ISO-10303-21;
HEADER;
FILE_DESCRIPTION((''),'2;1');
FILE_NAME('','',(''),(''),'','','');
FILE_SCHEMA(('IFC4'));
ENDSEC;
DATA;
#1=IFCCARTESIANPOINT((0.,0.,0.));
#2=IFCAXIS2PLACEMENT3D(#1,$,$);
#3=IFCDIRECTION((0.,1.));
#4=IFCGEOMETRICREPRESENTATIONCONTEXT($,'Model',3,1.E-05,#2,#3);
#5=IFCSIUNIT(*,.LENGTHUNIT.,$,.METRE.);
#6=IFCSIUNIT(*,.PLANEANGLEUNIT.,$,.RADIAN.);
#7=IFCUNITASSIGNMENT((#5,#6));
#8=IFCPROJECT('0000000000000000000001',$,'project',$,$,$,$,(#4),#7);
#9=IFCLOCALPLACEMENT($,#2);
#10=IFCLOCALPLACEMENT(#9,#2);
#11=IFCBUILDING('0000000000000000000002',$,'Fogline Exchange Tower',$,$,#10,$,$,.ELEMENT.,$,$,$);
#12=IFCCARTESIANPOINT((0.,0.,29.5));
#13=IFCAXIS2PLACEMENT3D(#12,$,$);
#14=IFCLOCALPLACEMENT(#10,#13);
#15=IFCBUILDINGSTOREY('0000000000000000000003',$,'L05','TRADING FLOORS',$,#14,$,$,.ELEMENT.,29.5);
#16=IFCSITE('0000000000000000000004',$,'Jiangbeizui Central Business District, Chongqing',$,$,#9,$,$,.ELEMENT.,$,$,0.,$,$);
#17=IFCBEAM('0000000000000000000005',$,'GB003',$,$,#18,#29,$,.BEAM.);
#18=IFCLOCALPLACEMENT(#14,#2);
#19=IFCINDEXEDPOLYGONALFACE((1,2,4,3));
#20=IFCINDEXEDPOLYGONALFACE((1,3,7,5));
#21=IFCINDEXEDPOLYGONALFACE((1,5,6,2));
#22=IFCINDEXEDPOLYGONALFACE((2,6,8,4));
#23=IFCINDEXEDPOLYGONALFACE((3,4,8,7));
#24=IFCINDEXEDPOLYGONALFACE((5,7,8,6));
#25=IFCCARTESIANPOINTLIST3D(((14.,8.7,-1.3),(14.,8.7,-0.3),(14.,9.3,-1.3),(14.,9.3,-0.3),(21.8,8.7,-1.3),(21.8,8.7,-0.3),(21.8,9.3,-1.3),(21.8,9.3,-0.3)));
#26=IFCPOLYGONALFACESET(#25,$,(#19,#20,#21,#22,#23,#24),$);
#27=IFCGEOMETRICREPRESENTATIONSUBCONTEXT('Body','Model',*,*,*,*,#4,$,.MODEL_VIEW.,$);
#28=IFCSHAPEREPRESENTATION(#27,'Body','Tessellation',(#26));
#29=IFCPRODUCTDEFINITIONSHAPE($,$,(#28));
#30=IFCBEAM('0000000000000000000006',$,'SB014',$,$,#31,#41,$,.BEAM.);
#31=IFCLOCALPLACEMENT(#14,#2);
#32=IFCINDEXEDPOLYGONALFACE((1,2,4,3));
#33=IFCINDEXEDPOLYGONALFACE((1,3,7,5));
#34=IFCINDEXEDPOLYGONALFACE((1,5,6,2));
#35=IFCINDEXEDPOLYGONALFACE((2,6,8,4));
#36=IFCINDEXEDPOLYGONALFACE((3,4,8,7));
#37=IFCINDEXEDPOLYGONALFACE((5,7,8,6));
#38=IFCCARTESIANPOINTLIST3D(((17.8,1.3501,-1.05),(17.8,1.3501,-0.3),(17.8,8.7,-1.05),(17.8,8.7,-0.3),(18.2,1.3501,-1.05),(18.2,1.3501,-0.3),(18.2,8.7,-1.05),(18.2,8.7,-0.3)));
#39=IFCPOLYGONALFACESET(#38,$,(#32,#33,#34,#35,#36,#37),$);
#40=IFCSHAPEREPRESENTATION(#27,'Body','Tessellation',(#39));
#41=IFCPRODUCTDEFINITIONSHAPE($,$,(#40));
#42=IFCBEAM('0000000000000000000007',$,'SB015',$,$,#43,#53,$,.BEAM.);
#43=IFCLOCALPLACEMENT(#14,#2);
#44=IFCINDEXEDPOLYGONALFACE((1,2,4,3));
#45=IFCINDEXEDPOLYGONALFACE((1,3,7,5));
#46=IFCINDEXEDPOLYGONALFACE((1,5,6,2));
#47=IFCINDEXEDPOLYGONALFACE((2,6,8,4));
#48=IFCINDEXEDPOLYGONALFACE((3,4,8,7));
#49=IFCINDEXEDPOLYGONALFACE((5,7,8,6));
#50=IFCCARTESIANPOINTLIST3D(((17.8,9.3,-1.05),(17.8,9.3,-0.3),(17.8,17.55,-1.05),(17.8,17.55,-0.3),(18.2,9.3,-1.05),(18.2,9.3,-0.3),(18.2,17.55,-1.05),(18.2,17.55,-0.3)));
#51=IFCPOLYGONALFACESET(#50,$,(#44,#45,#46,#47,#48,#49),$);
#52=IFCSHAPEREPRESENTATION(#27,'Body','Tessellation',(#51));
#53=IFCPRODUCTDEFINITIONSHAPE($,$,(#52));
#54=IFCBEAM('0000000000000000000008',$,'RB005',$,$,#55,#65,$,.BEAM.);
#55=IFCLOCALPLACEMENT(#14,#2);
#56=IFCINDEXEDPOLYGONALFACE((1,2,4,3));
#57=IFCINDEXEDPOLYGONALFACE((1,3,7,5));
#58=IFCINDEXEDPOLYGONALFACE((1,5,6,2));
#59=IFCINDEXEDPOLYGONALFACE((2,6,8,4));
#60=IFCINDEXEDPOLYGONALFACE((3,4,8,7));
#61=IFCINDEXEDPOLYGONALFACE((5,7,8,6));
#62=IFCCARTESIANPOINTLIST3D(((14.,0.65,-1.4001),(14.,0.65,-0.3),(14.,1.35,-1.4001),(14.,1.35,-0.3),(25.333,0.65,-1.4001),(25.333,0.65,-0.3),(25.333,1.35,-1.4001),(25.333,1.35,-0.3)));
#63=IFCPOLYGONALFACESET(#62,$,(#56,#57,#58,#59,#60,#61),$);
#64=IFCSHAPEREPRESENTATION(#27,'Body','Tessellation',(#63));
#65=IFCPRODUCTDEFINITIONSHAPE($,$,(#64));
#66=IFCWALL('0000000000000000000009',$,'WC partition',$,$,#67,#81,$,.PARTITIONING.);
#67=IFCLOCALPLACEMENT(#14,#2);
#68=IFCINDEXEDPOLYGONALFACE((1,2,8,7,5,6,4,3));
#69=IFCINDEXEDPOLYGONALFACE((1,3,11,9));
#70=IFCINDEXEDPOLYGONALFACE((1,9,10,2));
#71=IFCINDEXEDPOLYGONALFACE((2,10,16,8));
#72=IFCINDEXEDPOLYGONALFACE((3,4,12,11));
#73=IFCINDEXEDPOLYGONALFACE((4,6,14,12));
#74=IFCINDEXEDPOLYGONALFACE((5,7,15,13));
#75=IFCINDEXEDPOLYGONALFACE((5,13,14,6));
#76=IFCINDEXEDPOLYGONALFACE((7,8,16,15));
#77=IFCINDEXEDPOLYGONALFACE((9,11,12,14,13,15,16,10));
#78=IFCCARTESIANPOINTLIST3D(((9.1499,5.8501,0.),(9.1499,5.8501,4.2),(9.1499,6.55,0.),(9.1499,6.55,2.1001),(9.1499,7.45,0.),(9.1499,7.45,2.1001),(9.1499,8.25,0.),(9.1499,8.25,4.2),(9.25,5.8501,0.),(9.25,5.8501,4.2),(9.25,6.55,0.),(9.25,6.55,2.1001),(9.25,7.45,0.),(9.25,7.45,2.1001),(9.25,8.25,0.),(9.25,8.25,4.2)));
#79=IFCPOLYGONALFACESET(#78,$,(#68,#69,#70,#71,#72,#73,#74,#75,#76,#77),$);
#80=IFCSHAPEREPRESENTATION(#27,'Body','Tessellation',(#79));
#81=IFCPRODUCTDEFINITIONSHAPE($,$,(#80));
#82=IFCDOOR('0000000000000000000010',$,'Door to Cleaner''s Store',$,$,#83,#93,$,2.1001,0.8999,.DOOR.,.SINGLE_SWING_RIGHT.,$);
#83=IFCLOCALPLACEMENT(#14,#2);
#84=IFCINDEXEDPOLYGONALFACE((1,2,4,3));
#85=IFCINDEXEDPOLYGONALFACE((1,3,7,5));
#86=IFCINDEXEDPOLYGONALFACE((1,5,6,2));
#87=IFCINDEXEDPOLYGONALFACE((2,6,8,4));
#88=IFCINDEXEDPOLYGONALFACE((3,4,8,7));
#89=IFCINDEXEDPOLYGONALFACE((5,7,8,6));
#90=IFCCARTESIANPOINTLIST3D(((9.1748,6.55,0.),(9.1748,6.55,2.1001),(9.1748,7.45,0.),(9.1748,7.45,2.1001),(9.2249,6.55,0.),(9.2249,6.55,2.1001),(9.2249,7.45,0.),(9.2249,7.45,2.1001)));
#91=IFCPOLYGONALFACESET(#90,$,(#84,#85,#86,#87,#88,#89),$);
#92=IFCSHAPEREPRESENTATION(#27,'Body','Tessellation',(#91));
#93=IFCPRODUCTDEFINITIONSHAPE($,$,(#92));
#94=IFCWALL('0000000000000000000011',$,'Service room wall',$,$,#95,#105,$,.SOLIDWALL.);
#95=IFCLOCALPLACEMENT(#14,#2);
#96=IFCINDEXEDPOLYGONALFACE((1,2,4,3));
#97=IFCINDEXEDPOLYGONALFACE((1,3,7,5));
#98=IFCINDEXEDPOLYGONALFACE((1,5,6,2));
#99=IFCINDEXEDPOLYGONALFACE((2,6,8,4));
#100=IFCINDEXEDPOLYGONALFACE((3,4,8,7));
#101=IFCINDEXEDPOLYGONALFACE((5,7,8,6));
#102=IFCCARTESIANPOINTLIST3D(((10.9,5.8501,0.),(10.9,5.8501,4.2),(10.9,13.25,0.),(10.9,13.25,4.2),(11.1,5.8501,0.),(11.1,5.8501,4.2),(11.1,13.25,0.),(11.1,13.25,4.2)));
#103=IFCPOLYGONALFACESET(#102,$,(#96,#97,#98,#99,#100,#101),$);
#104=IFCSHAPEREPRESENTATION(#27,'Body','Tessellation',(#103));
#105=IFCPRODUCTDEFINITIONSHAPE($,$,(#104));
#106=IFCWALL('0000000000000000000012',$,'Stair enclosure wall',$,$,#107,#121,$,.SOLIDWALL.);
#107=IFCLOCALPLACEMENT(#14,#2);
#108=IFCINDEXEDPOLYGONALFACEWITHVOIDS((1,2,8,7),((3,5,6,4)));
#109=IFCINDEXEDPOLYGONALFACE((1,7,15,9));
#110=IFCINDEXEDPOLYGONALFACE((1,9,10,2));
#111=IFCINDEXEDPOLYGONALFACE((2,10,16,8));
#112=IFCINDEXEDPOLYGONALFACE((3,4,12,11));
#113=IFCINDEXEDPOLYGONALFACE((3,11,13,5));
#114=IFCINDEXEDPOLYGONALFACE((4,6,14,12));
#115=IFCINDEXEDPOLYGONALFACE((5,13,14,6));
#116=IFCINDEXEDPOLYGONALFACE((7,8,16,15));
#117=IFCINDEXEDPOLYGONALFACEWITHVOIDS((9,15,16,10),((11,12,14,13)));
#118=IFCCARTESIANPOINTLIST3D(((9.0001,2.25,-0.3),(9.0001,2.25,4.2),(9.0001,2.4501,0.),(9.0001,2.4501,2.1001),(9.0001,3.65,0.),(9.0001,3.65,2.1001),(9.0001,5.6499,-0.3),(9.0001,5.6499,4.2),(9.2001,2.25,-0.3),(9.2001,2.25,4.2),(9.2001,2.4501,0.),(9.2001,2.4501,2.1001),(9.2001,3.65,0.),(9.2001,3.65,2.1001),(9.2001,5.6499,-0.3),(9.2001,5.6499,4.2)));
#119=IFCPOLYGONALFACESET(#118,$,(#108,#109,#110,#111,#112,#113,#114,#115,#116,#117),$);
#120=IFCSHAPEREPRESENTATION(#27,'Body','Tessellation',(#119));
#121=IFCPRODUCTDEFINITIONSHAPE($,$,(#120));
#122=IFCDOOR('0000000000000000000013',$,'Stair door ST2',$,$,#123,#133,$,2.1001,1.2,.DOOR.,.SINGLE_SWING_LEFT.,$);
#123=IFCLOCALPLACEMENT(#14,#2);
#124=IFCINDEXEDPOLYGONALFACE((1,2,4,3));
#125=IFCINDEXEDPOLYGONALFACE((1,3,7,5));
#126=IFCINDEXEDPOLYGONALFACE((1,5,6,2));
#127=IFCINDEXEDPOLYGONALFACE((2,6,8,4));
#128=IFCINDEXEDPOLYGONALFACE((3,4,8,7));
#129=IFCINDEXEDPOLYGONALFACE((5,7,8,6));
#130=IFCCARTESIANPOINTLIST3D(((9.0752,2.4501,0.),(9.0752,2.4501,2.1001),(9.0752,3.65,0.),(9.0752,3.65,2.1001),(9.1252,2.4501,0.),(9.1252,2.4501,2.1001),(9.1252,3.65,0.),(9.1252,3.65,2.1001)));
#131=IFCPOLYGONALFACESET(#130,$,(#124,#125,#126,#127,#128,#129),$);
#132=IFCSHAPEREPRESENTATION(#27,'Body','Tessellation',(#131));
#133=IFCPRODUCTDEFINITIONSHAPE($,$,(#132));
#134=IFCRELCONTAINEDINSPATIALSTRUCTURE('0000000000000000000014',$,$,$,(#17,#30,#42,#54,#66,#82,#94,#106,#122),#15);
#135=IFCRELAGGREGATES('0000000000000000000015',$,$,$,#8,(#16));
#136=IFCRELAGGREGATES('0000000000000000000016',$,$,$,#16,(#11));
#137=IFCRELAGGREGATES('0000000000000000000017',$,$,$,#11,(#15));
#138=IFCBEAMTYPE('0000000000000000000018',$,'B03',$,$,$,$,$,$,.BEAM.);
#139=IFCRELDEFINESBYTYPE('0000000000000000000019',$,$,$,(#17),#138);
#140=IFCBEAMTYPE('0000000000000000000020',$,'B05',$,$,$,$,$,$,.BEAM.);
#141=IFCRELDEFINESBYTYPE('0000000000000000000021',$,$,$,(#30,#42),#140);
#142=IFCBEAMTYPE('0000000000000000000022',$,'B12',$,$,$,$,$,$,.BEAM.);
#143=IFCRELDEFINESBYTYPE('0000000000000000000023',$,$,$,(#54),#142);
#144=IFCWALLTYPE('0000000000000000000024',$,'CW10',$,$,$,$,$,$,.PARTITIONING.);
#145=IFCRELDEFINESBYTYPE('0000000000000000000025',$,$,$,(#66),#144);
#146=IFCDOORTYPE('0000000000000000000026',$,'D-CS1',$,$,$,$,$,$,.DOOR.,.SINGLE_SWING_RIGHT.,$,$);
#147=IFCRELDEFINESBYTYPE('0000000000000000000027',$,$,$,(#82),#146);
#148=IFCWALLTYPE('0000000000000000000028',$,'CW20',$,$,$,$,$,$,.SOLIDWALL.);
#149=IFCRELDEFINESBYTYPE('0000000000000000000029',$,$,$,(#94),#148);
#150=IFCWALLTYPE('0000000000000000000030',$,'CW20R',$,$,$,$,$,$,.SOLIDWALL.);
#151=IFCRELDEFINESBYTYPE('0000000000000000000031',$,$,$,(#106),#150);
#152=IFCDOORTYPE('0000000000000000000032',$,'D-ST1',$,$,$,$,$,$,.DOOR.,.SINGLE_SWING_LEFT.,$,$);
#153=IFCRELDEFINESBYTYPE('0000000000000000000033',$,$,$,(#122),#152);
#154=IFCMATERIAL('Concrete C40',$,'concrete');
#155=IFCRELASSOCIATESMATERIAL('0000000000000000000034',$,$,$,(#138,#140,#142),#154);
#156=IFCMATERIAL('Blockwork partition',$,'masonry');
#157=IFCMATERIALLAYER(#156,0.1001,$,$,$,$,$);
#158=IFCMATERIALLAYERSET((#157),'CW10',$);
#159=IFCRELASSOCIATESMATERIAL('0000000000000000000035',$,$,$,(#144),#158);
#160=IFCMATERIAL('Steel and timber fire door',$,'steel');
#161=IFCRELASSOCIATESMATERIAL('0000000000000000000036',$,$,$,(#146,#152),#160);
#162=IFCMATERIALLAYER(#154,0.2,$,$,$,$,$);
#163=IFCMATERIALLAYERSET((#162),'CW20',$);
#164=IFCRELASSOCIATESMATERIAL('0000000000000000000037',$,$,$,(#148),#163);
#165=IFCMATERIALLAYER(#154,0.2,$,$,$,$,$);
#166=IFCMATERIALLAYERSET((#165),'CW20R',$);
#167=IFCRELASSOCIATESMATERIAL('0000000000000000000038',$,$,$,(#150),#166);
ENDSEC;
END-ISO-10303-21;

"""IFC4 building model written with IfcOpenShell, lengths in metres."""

from ifc_helpers import new_model, si_unit, direction, frame, frame_2d, origin, origin_2d, place, context, subcontext, project, spatial, rectangle, extrude, material, layer, layer_set, material_profile, profile_set, type_object, element, fill, save


model = new_model("IFC4")

# Units and contexts
model_context = context("Model", 3, precision=1e-05, world=origin(), true_north=direction((0.0, 1.0)))
body_context = subcontext(model_context, "Body", "Model", "MODEL_VIEW")
ifc_project = project(units=[si_unit("LENGTHUNIT", "METRE"), si_unit("PLANEANGLEUNIT", "RADIAN")], contexts=[model_context])

# Site, building, storey
site_placement = place(None, origin())
site = spatial("IfcSite", under=ifc_project, at=site_placement, Name="Jiangbeizui Central Business District, Chongqing", CompositionType="ELEMENT", RefElevation=0.0)
building_placement = place(site_placement, origin())
building = spatial("IfcBuilding", under=site, at=building_placement, Name="Fogline Exchange Tower", CompositionType="ELEMENT")
storey_placement = place(building_placement, frame((0.0, 0.0, 29.5)))
storey = spatial("IfcBuildingStorey", under=building, at=storey_placement, Name="L05", Description="TRADING FLOORS", CompositionType="ELEMENT", Elevation=29.5)

# Beams
ifc_material_1 = material(Name="Concrete C40", Category="concrete")
ifc_material_profile_1 = material_profile(ifc_material_1, rectangle(XDim=0.6001, YDim=1.0, at=origin_2d()), Name="RC 600x1000")
ifc_profile_set_1 = profile_set([ifc_material_profile_1], Name="Concrete C40")
beam_type_1 = type_object("IfcBeamType", Name="B03", PredefinedType="BEAM", material=ifc_profile_set_1)
beam_1_placement = place(storey_placement, frame((14.0, 9.0, -0.8), z_axis=(1.0, 0.0, 0.0), x_axis=(0.0, 1.0, 0.0)))
element("IfcBeam", 1, at=beam_1_placement, inside=storey, type_object=beam_type_1, Name="GB003", PredefinedType="BEAM", context=body_context, shape_type="SweptSolid", body=[
    extrude(rectangle(XDim=0.6001, YDim=1.0, at=origin_2d()), origin(), (0.0, 0.0, 1.0), 7.8),
])
ifc_material_profile_2 = material_profile(ifc_material_1, rectangle(XDim=0.3999, YDim=0.75, at=origin_2d()), Name="RC 400x750")
ifc_profile_set_2 = profile_set([ifc_material_profile_2], Name="Concrete C40")
beam_type_2 = type_object("IfcBeamType", Name="B05", PredefinedType="BEAM", material=ifc_profile_set_2)
beam_2_placement = place(storey_placement, frame((18.0, 1.3501, -0.675), z_axis=(0.0, 1.0, 0.0), x_axis=(-1.0, 0.0, 0.0)))
element("IfcBeam", 2, at=beam_2_placement, inside=storey, type_object=beam_type_2, Name="SB014", PredefinedType="BEAM", context=body_context, shape_type="SweptSolid", body=[
    extrude(rectangle(XDim=0.3999, YDim=0.75, at=origin_2d()), origin(), (0.0, 0.0, 1.0), 7.3499),
])
beam_3_placement = place(storey_placement, frame((18.0, 9.3, -0.675), z_axis=(0.0, 1.0, 0.0), x_axis=(-1.0, 0.0, 0.0)))
element("IfcBeam", 3, at=beam_3_placement, inside=storey, type_object=beam_type_2, Name="SB015", PredefinedType="BEAM", context=body_context, shape_type="SweptSolid", body=[
    extrude(rectangle(XDim=0.3999, YDim=0.75, at=origin_2d()), origin(), (0.0, 0.0, 1.0), 8.25),
])
ifc_material_profile_3 = material_profile(ifc_material_1, rectangle(XDim=0.7, YDim=1.1001, at=origin_2d()), Name="RC 700x1100")
ifc_profile_set_3 = profile_set([ifc_material_profile_3], Name="Concrete C40")
beam_type_3 = type_object("IfcBeamType", Name="B12", PredefinedType="BEAM", material=ifc_profile_set_3)
beam_4_placement = place(storey_placement, frame((14.0, 1.0, -0.8501), z_axis=(1.0, 0.0, 0.0), x_axis=(0.0, 1.0, 0.0)))
element("IfcBeam", 4, at=beam_4_placement, inside=storey, type_object=beam_type_3, Name="RB005", PredefinedType="BEAM", context=body_context, shape_type="SweptSolid", body=[
    extrude(rectangle(XDim=0.7, YDim=1.1001, at=origin_2d()), origin(), (0.0, 0.0, 1.0), 11.333),
])

# Wall, opening, door
ifc_material_2 = material(Name="Blockwork partition", Category="masonry")
ifc_layer_1 = layer(ifc_material_2, 0.1001)
ifc_layer_set_1 = layer_set([ifc_layer_1], Name="CW10")
wall_type_1 = type_object("IfcWallType", Name="CW10", PredefinedType="PARTITIONING", material=ifc_layer_set_1)
wall_1_placement = place(storey_placement, frame((9.2, 5.8501, 0.0), z_axis=(0.0, 0.0, 1.0), x_axis=(0.0, 1.0, 0.0)))
wall_1 = element("IfcWall", 5, at=wall_1_placement, inside=storey, type_object=wall_type_1, Name="WC partition", PredefinedType="PARTITIONING", context=body_context, shape_type="SweptSolid", body=[
    extrude(rectangle(XDim=2.3999, YDim=0.1001, at=frame_2d((1.2, 0.0))), origin(), (0.0, 0.0, 1.0), 4.2),
])
opening_1_placement = place(wall_1_placement, frame((0.7, 0.0, 0.0)))
opening_1 = element("IfcOpeningElement", 6, at=opening_1_placement, cuts=wall_1, PredefinedType="OPENING", context=body_context, shape_type="SweptSolid", body=[
    extrude(rectangle(XDim=0.8999, YDim=2.1001, at=frame_2d((0.45, 1.05))), frame((0.0, 0.0601, 0.0), z_axis=(0.0, -1.0, 0.0), x_axis=(1.0, 0.0, 0.0)), (0.0, 0.0, 1.0), 0.1201),
])
ifc_material_3 = material(Name="Steel and timber fire door", Category="steel")
door_type_1 = type_object("IfcDoorType", Name="D-CS1", OperationType="SINGLE_SWING_RIGHT", PredefinedType="DOOR", material=ifc_material_3)
door_1_placement = place(opening_1_placement, frame((0.8999, 0.0, 0.0), z_axis=(0.0, 0.0, 1.0), x_axis=(-1.0, 0.0, 0.0)))
door_1 = element("IfcDoor", 7, at=door_1_placement, inside=storey, type_object=door_type_1, Name="Door to Cleaner's Store", OperationType="SINGLE_SWING_RIGHT", OverallHeight=2.1001, OverallWidth=0.8999, PredefinedType="DOOR", context=body_context, shape_type="SweptSolid", body=[
    extrude(rectangle(XDim=0.8999, YDim=2.1001, at=frame_2d((0.45, 1.05))), frame((0.0, 0.0249, 0.0), z_axis=(0.0, -1.0, 0.0), x_axis=(1.0, 0.0, 0.0)), (0.0, 0.0, 1.0), 0.05),
])
fill(opening_1, door_1)

# Wall
ifc_layer_2 = layer(ifc_material_1, 0.2)
ifc_layer_set_2 = layer_set([ifc_layer_2], Name="CW20")
wall_type_2 = type_object("IfcWallType", Name="CW20", PredefinedType="SOLIDWALL", material=ifc_layer_set_2)
wall_2_placement = place(storey_placement, frame((11.0, 5.8501, 0.0), z_axis=(0.0, 0.0, 1.0), x_axis=(0.0, 1.0, 0.0)))
element("IfcWall", 8, at=wall_2_placement, inside=storey, type_object=wall_type_2, Name="Service room wall", PredefinedType="SOLIDWALL", context=body_context, shape_type="SweptSolid", body=[
    extrude(rectangle(XDim=7.3999, YDim=0.2, at=frame_2d((3.7, 0.0))), origin(), (0.0, 0.0, 1.0), 4.2),
])

# Wall, opening, door
ifc_layer_3 = layer(ifc_material_1, 0.2)
ifc_layer_set_3 = layer_set([ifc_layer_3], Name="CW20R")
wall_type_3 = type_object("IfcWallType", Name="CW20R", PredefinedType="SOLIDWALL", material=ifc_layer_set_3)
wall_3_placement = place(storey_placement, frame((9.1001, 2.25, -0.3), z_axis=(0.0, 0.0, 1.0), x_axis=(0.0, 1.0, 0.0)))
wall_3 = element("IfcWall", 9, at=wall_3_placement, inside=storey, type_object=wall_type_3, Name="Stair enclosure wall", PredefinedType="SOLIDWALL", context=body_context, shape_type="SweptSolid", body=[
    extrude(rectangle(XDim=3.3999, YDim=0.2, at=frame_2d((1.7, 0.0))), origin(), (0.0, 0.0, 1.0), 4.5),
])
opening_2_placement = place(wall_3_placement, frame((0.2, 0.0, 0.3)))
opening_2 = element("IfcOpeningElement", 10, at=opening_2_placement, cuts=wall_3, PredefinedType="OPENING", context=body_context, shape_type="SweptSolid", body=[
    extrude(rectangle(XDim=1.2, YDim=2.1001, at=frame_2d((0.6001, 1.05))), frame((0.0, 0.1099, 0.0), z_axis=(0.0, -1.0, 0.0), x_axis=(1.0, 0.0, 0.0)), (0.0, 0.0, 1.0), 0.22),
])
door_type_2 = type_object("IfcDoorType", Name="D-ST1", OperationType="SINGLE_SWING_LEFT", PredefinedType="DOOR", material=ifc_material_3)
door_2_placement = place(opening_2_placement, origin())
door_2 = element("IfcDoor", 11, at=door_2_placement, inside=storey, type_object=door_type_2, Name="Stair door ST2", OperationType="SINGLE_SWING_LEFT", OverallHeight=2.1001, OverallWidth=1.2, PredefinedType="DOOR", context=body_context, shape_type="SweptSolid", body=[
    extrude(rectangle(XDim=1.2, YDim=2.1001, at=frame_2d((0.6001, 1.05))), frame((0.0, 0.0249, 0.0), z_axis=(0.0, -1.0, 0.0), x_axis=(1.0, 0.0, 0.0)), (0.0, 0.0, 1.0), 0.05),
])
fill(opening_2, door_2)

save(model, "model.ifc")
